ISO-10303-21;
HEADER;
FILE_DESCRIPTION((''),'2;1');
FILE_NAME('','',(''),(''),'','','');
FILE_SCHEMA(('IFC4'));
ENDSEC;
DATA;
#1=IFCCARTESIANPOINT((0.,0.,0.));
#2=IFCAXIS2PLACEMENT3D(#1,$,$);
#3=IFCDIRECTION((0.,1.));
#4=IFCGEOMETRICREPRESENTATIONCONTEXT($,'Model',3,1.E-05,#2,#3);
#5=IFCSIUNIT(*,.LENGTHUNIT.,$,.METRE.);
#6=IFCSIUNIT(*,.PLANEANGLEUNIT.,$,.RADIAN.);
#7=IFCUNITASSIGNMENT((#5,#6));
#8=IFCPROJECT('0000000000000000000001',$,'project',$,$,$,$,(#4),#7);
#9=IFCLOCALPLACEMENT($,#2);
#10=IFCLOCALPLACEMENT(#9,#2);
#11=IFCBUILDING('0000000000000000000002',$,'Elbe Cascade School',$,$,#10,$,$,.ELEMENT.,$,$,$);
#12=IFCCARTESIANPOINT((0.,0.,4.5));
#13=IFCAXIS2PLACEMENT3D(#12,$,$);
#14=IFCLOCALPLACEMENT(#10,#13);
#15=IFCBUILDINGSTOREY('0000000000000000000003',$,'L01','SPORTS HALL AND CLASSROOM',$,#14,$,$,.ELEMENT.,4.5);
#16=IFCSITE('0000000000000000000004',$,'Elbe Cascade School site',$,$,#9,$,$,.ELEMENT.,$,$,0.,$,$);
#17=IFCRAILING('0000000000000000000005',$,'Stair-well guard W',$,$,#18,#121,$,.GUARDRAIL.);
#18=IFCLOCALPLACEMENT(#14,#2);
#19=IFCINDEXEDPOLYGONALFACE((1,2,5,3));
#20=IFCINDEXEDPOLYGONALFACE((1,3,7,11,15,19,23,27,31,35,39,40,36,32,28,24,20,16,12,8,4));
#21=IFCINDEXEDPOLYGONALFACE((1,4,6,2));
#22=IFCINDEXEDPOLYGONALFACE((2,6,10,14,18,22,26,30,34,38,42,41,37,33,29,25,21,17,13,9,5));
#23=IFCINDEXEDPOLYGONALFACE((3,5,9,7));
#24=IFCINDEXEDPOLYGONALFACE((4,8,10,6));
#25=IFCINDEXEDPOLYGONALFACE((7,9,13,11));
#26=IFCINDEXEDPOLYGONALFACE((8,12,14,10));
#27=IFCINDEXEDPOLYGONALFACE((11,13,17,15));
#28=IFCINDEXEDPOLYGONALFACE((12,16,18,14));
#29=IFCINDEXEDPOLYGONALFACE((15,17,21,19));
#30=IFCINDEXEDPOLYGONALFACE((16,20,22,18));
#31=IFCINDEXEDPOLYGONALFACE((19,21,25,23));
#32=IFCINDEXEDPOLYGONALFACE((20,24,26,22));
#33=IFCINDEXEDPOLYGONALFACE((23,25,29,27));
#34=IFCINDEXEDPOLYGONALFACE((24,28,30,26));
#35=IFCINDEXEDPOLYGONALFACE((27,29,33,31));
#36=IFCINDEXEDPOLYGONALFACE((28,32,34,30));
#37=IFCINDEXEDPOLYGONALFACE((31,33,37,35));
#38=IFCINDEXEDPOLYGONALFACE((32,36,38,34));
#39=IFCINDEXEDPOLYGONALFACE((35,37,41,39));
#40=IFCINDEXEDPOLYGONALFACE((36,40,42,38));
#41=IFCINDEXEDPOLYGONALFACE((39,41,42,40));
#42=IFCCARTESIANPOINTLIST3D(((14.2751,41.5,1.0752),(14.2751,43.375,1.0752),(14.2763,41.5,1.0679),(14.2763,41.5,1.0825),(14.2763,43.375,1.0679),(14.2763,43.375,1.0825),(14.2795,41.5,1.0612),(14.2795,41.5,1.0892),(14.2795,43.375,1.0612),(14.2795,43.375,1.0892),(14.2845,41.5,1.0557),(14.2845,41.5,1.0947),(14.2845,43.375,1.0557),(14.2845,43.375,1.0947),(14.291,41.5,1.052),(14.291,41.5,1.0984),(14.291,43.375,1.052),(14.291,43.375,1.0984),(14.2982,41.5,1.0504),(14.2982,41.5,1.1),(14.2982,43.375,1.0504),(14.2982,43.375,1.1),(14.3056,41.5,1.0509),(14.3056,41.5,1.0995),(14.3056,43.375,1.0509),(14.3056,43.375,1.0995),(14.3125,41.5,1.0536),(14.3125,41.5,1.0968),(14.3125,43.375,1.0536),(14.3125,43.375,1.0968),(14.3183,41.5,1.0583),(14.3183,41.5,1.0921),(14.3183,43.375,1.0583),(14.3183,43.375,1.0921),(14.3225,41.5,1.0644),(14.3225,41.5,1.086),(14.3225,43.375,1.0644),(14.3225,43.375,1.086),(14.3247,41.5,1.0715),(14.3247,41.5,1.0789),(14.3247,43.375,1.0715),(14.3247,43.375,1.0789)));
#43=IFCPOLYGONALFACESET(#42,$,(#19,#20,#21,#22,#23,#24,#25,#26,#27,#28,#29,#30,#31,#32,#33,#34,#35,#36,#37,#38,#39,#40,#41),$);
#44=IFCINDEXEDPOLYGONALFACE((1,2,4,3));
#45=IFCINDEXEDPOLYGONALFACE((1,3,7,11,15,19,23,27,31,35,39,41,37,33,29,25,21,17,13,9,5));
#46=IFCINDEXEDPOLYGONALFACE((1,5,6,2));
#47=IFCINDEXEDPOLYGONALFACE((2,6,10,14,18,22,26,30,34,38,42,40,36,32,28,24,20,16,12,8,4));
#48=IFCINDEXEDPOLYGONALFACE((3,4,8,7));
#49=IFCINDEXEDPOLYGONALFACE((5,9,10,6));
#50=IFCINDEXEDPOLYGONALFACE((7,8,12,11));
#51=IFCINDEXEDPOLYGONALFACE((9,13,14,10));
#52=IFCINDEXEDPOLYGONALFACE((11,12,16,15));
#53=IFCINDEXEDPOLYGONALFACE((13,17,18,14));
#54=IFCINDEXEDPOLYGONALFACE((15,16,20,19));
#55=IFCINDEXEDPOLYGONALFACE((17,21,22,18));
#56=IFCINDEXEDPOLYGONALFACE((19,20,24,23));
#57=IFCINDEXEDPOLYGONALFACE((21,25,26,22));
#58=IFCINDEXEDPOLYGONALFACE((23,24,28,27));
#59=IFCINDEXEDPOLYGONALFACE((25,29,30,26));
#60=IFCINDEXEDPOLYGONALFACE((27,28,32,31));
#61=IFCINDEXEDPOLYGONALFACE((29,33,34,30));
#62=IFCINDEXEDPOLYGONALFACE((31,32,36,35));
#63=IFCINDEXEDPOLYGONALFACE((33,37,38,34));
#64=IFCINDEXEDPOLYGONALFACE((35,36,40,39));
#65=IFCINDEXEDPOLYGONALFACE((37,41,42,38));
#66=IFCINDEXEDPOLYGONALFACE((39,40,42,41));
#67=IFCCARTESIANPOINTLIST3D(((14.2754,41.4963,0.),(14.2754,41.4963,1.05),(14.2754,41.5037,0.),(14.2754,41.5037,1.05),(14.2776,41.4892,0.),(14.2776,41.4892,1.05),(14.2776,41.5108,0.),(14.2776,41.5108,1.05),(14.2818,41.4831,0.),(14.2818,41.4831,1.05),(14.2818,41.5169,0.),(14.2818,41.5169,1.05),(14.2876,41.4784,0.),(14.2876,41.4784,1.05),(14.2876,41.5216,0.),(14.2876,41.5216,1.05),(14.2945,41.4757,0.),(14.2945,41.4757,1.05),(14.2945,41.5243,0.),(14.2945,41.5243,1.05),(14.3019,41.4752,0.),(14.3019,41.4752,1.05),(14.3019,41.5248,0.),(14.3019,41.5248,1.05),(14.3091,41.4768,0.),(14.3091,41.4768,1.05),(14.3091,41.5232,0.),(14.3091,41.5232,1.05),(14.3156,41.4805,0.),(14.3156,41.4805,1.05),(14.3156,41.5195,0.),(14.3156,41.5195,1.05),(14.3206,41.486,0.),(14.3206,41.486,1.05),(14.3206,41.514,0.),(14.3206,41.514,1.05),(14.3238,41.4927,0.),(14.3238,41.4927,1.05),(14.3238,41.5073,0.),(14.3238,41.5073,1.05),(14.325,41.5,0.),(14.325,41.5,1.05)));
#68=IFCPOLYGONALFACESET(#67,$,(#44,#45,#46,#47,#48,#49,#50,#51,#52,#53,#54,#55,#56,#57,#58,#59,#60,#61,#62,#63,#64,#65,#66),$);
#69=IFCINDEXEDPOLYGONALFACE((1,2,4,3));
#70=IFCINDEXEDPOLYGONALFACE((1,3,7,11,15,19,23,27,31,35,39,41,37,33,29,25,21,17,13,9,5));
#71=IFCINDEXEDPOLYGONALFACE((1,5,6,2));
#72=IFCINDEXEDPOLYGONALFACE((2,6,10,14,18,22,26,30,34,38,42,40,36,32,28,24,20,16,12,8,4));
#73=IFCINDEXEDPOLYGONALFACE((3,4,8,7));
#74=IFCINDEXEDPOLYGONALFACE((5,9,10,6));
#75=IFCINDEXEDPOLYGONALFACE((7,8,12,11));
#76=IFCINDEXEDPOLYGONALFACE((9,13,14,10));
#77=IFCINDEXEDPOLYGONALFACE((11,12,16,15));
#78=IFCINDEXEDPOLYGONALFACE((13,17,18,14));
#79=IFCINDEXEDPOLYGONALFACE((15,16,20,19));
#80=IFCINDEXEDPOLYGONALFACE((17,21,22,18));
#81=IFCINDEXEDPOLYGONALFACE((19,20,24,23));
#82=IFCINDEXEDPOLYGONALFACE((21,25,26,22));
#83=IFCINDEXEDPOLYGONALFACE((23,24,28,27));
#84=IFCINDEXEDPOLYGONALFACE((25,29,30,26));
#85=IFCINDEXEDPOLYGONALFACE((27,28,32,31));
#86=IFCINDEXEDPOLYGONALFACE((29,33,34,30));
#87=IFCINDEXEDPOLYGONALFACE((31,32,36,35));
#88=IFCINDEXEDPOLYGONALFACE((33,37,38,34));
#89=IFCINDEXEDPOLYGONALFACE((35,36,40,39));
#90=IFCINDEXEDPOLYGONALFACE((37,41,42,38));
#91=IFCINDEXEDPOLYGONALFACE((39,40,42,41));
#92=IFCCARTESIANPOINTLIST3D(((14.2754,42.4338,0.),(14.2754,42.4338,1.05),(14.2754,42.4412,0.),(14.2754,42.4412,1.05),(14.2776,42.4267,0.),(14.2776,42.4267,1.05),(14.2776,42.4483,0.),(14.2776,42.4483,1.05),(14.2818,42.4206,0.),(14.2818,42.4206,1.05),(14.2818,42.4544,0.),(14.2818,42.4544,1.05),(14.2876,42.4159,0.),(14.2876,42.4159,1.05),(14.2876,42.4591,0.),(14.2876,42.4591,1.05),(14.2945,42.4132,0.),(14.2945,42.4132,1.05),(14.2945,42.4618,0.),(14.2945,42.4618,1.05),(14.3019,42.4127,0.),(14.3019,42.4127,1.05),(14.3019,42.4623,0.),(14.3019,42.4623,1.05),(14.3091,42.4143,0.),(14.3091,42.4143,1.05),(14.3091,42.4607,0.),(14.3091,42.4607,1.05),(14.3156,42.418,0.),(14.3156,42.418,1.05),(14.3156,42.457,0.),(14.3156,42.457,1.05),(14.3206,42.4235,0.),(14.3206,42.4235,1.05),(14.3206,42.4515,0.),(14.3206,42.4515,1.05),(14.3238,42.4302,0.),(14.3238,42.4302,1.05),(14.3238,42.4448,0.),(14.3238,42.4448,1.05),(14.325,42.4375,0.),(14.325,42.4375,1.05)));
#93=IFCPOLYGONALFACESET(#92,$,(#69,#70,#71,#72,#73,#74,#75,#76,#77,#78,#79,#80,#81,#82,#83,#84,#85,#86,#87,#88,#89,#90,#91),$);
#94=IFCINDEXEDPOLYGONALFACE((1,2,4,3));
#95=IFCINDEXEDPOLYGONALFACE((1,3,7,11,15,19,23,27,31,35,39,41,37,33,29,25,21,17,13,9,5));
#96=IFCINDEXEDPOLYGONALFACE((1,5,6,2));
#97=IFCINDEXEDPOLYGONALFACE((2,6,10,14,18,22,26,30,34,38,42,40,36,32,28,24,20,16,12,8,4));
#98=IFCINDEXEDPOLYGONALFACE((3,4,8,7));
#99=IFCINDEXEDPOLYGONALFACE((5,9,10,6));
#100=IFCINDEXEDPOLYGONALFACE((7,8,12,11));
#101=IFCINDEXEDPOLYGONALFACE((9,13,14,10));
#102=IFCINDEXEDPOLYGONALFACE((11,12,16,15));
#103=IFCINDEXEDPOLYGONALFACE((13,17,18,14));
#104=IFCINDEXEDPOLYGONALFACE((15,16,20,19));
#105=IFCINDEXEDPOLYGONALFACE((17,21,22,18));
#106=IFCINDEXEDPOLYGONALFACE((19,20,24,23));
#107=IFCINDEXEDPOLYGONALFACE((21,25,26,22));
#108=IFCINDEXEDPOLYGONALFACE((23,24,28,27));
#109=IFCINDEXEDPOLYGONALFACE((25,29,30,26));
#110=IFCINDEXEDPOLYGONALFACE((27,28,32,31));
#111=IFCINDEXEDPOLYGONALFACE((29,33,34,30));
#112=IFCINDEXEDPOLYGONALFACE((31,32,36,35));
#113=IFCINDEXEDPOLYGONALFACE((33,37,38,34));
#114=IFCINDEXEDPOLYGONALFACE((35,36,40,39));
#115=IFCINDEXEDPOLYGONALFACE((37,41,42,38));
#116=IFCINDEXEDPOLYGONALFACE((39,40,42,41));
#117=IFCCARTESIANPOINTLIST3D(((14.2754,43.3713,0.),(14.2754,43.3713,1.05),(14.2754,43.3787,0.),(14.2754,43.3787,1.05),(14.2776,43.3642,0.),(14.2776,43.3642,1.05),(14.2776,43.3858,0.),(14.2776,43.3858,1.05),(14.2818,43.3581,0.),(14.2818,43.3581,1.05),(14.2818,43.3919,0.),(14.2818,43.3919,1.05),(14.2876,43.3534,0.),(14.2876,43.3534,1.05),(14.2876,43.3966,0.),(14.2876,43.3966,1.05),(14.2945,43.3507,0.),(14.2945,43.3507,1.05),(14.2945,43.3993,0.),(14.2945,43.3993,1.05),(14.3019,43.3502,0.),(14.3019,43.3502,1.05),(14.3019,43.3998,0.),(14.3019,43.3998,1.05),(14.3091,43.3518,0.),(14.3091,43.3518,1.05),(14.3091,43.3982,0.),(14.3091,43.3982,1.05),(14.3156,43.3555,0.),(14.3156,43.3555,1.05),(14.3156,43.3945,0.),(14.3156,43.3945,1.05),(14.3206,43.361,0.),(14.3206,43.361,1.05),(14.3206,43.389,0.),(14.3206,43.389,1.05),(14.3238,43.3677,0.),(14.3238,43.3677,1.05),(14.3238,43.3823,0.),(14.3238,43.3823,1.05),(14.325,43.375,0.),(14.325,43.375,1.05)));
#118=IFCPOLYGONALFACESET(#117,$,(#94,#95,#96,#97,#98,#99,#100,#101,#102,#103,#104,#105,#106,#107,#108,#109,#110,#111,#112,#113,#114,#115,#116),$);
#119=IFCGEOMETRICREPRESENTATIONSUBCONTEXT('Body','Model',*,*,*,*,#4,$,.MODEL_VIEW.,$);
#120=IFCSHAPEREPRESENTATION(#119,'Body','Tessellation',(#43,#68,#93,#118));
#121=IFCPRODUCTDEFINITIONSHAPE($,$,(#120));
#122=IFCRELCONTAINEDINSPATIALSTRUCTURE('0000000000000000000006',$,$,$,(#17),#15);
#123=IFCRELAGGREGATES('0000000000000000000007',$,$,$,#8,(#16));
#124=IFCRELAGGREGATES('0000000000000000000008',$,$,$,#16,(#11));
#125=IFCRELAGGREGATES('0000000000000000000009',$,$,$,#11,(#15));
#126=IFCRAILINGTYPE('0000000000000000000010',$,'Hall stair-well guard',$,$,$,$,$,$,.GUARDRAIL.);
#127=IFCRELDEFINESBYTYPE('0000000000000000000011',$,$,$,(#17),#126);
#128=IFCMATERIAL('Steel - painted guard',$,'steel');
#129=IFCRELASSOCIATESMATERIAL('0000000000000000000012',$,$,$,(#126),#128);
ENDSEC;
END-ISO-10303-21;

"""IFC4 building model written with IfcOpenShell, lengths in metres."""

from ifc_helpers import new_model, si_unit, direction, frame, origin, origin_2d, place, context, subcontext, project, spatial, circle, extrude, material, type_object, element, save


model = new_model("IFC4")

# Units and contexts
model_context = context("Model", 3, precision=1e-05, world=origin(), true_north=direction((0.0, 1.0)))
body_context = subcontext(model_context, "Body", "Model", "MODEL_VIEW")
ifc_project = project(units=[si_unit("LENGTHUNIT", "METRE"), si_unit("PLANEANGLEUNIT", "RADIAN")], contexts=[model_context])

# Site, building, storey
site_placement = place(None, origin())
site = spatial("IfcSite", under=ifc_project, at=site_placement, Name="Elbe Cascade School site", CompositionType="ELEMENT", RefElevation=0.0)
building_placement = place(site_placement, origin())
building = spatial("IfcBuilding", under=site, at=building_placement, Name="Elbe Cascade School", CompositionType="ELEMENT")
storey_placement = place(building_placement, frame((0.0, 0.0, 4.5)))
storey = spatial("IfcBuildingStorey", under=building, at=storey_placement, Name="L01", Description="SPORTS HALL AND CLASSROOM", CompositionType="ELEMENT", Elevation=4.5)

# Railing
ifc_material_1 = material(Name="Steel - painted guard", Category="steel")
railing_type = type_object("IfcRailingType", Name="Hall stair-well guard", PredefinedType="GUARDRAIL", material=ifc_material_1)
railing_placement = place(storey_placement, frame((14.3, 41.5, 0.0)))
element("IfcRailing", 1, at=railing_placement, inside=storey, type_object=railing_type, Name="Stair-well guard W", PredefinedType="GUARDRAIL", context=body_context, shape_type="SweptSolid", body=[
    extrude(circle(Radius=0.0249, at=origin_2d()), frame((0.0, 0.0, 1.0752), z_axis=(0.0, 1.0, 0.0), x_axis=(-1.0, 0.0, 0.0)), (0.0, 0.0, 1.0), 1.875),
    extrude(circle(Radius=0.0249, at=origin_2d()), origin(), (0.0, 0.0, 1.0), 1.05),
    extrude(circle(Radius=0.0249, at=origin_2d()), frame((0.0, 0.9375, 0.0)), (0.0, 0.0, 1.0), 1.05),
    extrude(circle(Radius=0.0249, at=origin_2d()), frame((0.0, 1.875, 0.0)), (0.0, 0.0, 1.0), 1.05),
])

save(model, "model.ifc")
